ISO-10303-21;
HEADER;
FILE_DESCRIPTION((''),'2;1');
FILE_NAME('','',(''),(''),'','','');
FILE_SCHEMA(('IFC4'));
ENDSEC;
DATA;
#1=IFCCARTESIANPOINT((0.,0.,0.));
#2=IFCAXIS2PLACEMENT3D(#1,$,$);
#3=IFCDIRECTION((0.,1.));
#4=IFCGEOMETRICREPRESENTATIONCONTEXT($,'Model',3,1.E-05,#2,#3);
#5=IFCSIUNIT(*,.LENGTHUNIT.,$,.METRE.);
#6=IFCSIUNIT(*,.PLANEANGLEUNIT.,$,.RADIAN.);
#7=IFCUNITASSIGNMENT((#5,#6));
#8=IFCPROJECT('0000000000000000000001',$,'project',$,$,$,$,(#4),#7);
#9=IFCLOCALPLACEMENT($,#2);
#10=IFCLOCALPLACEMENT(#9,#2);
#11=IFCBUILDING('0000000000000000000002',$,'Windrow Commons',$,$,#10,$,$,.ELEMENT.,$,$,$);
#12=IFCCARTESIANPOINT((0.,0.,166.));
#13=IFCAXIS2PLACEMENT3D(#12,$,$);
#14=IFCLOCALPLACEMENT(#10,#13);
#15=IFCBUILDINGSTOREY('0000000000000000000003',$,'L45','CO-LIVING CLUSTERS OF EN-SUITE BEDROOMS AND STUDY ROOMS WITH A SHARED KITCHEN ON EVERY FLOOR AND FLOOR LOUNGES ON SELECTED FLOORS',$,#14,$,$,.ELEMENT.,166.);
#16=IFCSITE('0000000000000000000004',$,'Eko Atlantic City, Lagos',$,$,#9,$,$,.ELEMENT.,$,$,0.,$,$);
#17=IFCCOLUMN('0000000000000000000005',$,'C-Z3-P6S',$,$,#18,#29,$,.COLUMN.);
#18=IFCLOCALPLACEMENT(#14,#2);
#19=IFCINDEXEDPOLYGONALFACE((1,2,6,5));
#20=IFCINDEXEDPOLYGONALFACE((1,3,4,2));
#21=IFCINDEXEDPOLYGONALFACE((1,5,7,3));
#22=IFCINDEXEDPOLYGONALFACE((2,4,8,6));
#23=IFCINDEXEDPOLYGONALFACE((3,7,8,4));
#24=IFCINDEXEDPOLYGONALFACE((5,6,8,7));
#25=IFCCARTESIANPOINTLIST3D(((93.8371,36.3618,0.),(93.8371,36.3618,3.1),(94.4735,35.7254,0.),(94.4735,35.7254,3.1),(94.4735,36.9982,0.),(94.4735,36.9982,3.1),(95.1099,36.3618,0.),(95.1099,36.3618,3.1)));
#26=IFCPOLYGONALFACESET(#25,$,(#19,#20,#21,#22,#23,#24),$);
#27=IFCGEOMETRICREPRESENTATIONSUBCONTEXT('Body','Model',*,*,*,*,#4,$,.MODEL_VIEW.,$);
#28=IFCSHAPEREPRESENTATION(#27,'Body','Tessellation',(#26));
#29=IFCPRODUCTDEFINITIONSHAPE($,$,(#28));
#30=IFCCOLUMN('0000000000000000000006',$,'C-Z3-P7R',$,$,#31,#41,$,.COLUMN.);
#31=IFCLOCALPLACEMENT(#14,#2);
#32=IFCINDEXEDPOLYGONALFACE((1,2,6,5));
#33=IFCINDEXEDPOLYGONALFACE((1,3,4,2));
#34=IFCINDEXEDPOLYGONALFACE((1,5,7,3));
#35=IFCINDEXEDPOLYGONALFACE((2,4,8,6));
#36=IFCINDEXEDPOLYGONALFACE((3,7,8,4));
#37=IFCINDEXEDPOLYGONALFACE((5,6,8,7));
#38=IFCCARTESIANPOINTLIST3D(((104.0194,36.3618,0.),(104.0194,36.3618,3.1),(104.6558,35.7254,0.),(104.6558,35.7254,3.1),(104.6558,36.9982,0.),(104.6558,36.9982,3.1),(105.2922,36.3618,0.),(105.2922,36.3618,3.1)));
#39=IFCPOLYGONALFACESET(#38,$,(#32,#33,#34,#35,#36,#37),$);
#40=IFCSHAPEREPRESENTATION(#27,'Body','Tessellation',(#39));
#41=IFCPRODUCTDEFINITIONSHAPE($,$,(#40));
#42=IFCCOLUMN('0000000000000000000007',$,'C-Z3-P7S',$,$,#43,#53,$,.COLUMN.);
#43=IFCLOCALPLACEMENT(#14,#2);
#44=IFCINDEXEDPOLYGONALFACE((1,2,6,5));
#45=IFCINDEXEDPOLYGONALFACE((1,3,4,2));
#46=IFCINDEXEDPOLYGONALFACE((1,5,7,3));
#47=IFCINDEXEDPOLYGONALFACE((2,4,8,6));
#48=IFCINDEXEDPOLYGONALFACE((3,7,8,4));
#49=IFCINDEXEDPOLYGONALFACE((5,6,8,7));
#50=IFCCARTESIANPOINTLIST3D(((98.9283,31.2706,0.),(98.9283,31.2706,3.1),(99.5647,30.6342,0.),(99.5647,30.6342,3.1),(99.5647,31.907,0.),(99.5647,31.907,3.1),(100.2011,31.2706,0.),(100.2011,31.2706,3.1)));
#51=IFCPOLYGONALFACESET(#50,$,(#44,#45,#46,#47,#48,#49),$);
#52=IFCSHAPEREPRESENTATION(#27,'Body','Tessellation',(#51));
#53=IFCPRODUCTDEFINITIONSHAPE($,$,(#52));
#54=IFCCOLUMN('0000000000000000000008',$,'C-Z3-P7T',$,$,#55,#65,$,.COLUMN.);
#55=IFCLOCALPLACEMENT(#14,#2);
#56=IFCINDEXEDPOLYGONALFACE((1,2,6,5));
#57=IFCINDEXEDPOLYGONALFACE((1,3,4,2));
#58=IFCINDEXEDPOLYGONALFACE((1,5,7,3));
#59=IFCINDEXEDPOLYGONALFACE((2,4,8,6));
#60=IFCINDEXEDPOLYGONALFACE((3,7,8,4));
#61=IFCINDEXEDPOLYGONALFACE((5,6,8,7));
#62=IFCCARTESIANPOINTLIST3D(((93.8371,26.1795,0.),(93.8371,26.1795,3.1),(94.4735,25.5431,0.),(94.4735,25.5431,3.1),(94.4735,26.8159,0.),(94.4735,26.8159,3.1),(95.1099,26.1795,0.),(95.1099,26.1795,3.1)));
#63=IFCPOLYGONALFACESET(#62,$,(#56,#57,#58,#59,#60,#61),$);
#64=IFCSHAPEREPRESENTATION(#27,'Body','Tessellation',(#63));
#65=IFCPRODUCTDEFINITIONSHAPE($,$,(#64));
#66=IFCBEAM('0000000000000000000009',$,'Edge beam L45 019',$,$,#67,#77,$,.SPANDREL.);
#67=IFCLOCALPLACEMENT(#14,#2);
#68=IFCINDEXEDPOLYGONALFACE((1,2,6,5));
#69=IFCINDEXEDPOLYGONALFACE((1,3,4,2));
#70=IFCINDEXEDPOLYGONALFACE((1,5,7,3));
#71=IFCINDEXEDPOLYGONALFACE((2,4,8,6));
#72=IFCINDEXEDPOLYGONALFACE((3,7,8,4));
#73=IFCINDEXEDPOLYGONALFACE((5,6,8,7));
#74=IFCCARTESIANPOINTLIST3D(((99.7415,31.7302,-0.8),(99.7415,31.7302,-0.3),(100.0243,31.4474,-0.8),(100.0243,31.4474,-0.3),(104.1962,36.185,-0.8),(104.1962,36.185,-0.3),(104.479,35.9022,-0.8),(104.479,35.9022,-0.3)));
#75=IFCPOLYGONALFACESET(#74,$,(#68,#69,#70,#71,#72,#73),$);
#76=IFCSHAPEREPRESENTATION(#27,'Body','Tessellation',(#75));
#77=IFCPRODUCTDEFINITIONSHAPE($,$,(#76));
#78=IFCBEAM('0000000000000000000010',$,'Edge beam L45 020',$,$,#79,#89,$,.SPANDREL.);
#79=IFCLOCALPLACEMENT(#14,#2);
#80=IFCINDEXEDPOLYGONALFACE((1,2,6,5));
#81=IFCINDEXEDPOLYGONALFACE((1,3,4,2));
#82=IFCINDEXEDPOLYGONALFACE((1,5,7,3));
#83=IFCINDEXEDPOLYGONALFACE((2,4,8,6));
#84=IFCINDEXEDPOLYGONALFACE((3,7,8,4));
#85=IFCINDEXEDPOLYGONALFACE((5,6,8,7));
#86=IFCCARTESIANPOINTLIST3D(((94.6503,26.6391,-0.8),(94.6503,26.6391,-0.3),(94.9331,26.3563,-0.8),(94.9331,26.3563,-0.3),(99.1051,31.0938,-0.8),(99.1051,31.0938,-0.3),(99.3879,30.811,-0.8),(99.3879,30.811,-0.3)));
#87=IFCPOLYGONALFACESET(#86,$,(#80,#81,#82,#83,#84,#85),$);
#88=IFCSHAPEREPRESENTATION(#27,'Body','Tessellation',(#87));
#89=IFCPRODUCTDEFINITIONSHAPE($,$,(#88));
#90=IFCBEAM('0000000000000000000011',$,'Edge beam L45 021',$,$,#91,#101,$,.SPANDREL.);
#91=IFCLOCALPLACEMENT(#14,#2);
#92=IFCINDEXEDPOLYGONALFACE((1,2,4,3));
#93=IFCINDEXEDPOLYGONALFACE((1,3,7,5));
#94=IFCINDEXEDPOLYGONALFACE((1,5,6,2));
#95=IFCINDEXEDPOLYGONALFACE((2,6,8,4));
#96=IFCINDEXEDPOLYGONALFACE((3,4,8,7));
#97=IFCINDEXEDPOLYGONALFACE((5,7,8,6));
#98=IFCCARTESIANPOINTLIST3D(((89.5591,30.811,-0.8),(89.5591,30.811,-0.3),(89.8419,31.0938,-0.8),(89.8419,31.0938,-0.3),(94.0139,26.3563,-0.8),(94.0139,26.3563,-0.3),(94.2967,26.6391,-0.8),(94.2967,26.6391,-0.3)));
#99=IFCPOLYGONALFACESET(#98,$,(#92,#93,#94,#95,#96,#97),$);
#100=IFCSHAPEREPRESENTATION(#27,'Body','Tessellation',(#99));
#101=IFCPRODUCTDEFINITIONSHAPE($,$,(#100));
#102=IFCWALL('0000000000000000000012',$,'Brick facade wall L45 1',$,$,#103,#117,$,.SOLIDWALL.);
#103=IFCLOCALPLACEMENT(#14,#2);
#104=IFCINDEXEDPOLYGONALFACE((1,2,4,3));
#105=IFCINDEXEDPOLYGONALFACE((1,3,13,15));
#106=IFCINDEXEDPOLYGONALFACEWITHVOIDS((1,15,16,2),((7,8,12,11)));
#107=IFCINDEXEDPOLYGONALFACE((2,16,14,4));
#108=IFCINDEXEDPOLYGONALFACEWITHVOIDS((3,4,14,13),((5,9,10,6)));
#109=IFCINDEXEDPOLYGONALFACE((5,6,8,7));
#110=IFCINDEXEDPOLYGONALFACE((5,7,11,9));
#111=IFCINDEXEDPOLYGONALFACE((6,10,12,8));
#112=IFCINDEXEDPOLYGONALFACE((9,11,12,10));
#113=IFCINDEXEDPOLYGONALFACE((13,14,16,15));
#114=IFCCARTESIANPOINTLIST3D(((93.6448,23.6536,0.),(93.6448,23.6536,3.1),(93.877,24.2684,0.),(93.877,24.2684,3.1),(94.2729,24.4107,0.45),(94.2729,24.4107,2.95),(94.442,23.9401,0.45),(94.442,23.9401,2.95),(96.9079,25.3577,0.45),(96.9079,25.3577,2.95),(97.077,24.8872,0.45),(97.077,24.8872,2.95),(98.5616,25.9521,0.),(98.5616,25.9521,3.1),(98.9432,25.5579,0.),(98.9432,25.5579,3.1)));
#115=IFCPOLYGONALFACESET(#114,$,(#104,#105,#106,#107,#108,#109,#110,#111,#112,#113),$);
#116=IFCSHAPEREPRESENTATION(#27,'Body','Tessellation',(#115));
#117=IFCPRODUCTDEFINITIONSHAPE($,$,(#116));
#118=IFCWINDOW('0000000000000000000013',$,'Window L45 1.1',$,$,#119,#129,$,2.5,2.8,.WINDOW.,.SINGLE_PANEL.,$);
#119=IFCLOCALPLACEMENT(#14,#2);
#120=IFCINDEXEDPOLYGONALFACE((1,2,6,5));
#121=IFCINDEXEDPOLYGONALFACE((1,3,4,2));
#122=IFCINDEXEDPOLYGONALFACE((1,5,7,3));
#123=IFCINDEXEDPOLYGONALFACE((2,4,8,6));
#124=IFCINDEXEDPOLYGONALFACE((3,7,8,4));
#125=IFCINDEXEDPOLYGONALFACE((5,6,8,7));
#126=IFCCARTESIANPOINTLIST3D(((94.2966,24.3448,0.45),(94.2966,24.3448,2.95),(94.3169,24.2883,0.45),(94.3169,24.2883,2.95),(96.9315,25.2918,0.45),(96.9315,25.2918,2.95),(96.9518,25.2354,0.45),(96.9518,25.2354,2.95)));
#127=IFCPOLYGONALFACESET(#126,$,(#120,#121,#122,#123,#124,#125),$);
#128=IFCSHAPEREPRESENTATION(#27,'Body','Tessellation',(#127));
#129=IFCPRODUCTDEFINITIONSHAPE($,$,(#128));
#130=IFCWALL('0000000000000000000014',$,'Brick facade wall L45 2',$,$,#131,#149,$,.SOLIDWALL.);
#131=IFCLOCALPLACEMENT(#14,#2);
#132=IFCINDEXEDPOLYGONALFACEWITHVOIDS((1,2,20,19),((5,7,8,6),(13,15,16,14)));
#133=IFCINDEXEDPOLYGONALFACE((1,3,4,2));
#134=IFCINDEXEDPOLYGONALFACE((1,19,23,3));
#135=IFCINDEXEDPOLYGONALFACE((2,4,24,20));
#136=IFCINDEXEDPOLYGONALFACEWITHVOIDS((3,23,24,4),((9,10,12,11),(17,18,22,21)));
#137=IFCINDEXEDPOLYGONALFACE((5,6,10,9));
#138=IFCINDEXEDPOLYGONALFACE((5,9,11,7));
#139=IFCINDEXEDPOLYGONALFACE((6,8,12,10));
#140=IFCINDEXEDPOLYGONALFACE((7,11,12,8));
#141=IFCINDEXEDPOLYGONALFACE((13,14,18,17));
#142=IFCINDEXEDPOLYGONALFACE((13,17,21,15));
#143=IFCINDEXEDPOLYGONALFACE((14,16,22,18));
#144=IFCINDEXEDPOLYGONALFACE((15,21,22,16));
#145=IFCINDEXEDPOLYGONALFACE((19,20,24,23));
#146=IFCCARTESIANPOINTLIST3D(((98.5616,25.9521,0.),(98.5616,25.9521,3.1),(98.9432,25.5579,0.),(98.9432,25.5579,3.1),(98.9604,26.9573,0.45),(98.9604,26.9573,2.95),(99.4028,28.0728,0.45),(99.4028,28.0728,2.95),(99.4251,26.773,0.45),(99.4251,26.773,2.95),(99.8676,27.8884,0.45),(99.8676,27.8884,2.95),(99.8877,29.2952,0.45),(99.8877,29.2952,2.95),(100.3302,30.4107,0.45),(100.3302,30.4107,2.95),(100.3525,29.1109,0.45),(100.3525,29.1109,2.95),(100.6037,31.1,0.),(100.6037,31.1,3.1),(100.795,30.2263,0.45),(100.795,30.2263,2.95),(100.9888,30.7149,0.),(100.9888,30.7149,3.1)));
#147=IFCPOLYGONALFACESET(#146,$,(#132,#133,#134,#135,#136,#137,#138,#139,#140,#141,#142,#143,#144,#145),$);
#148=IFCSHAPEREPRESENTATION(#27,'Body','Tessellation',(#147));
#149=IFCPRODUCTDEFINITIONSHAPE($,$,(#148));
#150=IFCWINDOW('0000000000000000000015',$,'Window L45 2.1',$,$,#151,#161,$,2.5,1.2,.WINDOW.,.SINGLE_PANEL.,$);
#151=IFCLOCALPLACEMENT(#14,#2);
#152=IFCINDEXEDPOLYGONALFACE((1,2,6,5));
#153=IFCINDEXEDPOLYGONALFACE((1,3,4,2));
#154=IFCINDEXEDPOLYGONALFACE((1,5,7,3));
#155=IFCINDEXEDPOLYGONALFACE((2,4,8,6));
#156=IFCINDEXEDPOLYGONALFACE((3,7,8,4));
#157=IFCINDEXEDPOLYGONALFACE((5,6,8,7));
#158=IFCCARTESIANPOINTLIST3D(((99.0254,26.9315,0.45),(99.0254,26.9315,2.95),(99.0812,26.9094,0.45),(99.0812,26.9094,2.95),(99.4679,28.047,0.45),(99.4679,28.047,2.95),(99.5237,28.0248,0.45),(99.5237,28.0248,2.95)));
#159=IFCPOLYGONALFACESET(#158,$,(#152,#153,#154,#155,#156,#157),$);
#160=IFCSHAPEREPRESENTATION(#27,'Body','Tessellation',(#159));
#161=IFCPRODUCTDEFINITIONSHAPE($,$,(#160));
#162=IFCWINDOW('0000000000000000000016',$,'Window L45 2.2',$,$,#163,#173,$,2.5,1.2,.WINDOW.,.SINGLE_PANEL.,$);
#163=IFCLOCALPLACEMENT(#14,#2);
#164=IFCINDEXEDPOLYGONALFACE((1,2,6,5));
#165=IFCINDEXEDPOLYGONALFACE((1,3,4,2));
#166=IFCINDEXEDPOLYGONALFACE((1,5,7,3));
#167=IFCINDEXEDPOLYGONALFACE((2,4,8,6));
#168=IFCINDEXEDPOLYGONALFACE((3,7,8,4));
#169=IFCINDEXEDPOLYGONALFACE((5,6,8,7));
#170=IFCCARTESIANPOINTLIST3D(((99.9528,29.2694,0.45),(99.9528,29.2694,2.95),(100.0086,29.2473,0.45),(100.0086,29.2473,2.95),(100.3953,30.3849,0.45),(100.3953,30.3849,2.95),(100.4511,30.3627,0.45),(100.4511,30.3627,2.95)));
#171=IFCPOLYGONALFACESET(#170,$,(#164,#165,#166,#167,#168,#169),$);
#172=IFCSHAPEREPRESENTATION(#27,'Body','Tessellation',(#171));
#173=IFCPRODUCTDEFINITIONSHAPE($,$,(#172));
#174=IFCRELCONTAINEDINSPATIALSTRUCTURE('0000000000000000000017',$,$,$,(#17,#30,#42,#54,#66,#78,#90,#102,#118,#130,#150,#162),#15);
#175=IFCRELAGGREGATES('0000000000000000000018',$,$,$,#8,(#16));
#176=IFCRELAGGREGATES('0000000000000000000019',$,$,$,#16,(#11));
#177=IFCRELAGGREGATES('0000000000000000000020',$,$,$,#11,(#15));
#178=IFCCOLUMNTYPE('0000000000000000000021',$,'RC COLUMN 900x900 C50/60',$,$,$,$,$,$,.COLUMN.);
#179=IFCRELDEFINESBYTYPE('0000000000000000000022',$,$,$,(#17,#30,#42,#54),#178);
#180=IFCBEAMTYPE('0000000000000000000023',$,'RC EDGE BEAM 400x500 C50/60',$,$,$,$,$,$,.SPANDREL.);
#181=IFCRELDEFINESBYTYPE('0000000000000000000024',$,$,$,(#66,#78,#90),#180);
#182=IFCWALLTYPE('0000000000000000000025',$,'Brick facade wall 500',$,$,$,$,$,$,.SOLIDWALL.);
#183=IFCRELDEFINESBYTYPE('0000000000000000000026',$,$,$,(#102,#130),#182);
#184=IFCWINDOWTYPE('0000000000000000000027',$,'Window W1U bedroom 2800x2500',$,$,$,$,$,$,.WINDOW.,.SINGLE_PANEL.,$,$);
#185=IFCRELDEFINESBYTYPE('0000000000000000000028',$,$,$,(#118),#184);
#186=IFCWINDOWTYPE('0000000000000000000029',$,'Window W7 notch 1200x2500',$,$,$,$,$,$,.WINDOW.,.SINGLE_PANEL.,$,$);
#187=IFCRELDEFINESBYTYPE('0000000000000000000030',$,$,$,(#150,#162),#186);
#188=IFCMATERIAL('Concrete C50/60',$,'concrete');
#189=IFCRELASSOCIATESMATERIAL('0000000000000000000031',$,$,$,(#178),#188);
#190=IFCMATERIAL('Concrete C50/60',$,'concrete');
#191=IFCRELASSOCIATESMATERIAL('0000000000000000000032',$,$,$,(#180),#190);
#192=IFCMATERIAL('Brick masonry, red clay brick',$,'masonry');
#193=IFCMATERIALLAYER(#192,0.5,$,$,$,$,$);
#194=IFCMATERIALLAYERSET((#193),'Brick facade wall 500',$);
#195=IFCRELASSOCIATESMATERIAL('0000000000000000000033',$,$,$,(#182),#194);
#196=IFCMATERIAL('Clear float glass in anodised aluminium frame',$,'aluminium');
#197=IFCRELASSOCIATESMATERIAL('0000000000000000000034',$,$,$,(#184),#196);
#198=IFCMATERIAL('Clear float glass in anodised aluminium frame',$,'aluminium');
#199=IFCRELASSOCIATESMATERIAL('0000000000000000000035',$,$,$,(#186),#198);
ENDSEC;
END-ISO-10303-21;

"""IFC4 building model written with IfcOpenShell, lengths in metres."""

from ifc_helpers import new_model, si_unit, direction, frame, frame_2d, origin, origin_2d, place, context, subcontext, project, spatial, polyline, rectangle, outline, extrude, material, layer, layer_set, material_profile, profile_set, type_object, element, fill, save


model = new_model("IFC4")

# Units and contexts
model_context = context("Model", 3, precision=1e-05, world=origin(), true_north=direction((0.0, 1.0)))
body_context = subcontext(model_context, "Body", "Model", "MODEL_VIEW")
ifc_project = project(units=[si_unit("LENGTHUNIT", "METRE"), si_unit("PLANEANGLEUNIT", "RADIAN")], contexts=[model_context])

# Site, building, storey
site_placement = place(None, origin())
site = spatial("IfcSite", under=ifc_project, at=site_placement, Name="Eko Atlantic City, Lagos", CompositionType="ELEMENT", RefElevation=0.0)
building_placement = place(site_placement, origin())
building = spatial("IfcBuilding", under=site, at=building_placement, Name="Windrow Commons", CompositionType="ELEMENT")
storey_placement = place(building_placement, frame((0.0, 0.0, 166.0)))
storey = spatial("IfcBuildingStorey", under=building, at=storey_placement, Name="L45", Description="CO-LIVING CLUSTERS OF EN-SUITE BEDROOMS AND STUDY ROOMS WITH A SHARED KITCHEN ON EVERY FLOOR AND FLOOR LOUNGES ON SELECTED FLOORS", CompositionType="ELEMENT", Elevation=166.0)

# Columns
ifc_material_1 = material(Name="Concrete C50/60", Category="concrete")
ifc_material_profile_1 = material_profile(ifc_material_1, rectangle(XDim=0.9, YDim=0.9, at=origin_2d()))
ifc_profile_set_1 = profile_set([ifc_material_profile_1], Name="Concrete C50/60")
column_type = type_object("IfcColumnType", Name="RC COLUMN 900x900 C50/60", PredefinedType="COLUMN", material=ifc_profile_set_1)
for number, where, z_axis, x_axis, name in (
    (1, (94.4735, 36.3618, 0.0), (0.0, 0.0, 1.0), (0.707107, -0.707107, 0.0), "C-Z3-P6S"),
    (2, (104.6558, 36.3618, 0.0), (0.0, 0.0, 1.0), (0.707107, -0.707107, 0.0), "C-Z3-P7R"),
    (3, (99.5647, 31.2706, 0.0), (0.0, 0.0, 1.0), (0.707107, -0.707107, 0.0), "C-Z3-P7S"),
    (4, (94.4735, 26.1795, 0.0), (0.0, 0.0, 1.0), (0.707107, -0.707107, 0.0), "C-Z3-P7T"),
):
    element("IfcColumn", number, at=place(storey_placement, frame(where, z_axis=z_axis, x_axis=x_axis)), inside=storey, type_object=column_type, Name=name, PredefinedType="COLUMN", context=body_context, shape_type="SweptSolid", body=[
        extrude(rectangle(XDim=0.9, YDim=0.9, at=origin_2d()), origin(), (0.0, 0.0, 1.0), 3.1),
    ])

# Beams
ifc_material_2 = material(Name="Concrete C50/60", Category="concrete")
ifc_material_profile_2 = material_profile(ifc_material_2, rectangle(XDim=0.4, YDim=0.5, at=origin_2d()))
ifc_profile_set_2 = profile_set([ifc_material_profile_2], Name="Concrete C50/60")
beam_type = type_object("IfcBeamType", Name="RC EDGE BEAM 400x500 C50/60", PredefinedType="SPANDREL", material=ifc_profile_set_2)
for number, where, z_axis, x_axis, name in (
    (5, (104.3376, 36.0436, -0.55), (-0.707099, -0.707115, 0.0), (0.707115, -0.707099, 0.0), "Edge beam L45 019"),
    (6, (99.2465, 30.9524, -0.55), (-0.707115, -0.707099, 0.0), (0.707099, -0.707115, 0.0), "Edge beam L45 020"),
    (7, (94.1553, 26.4977, -0.55), (-0.707115, 0.707099, 0.0), (-0.707099, -0.707115, 0.0), "Edge beam L45 021"),
):
    element("IfcBeam", number, at=place(storey_placement, frame(where, z_axis=z_axis, x_axis=x_axis)), inside=storey, type_object=beam_type, Name=name, PredefinedType="SPANDREL", context=body_context, shape_type="SweptSolid", body=[
        extrude(rectangle(XDim=0.4, YDim=0.5, at=origin_2d()), origin(), (0.0, 0.0, 1.0), 6.3),
    ])

# Wall, opening, window
ifc_material_3 = material(Name="Brick masonry, red clay brick", Category="masonry")
ifc_layer_1 = layer(ifc_material_3, 0.5)
ifc_layer_set_1 = layer_set([ifc_layer_1], Name="Brick facade wall 500")
wall_type_1 = type_object("IfcWallType", Name="Brick facade wall 500", PredefinedType="SOLIDWALL", material=ifc_layer_set_1)
wall_1_placement = place(storey_placement, frame((93.7609, 23.961, 0.0), z_axis=(0.0, 0.0, 1.0), x_axis=(0.941064, 0.338229, 0.0)))
wall_1 = element("IfcWall", 8, at=wall_1_placement, inside=storey, type_object=wall_type_1, Name="Brick facade wall L45 1", PredefinedType="SOLIDWALL", context=body_context, shape_type="SweptSolid", body=[
    extrude(outline(polyline([(-0.2132, -0.25), (5.417, -0.25), (5.1912, 0.25), (0.2132, 0.25), (-0.2132, -0.25)])), origin(), (0.0, 0.0, 1.0), 3.1),
])
opening_1_placement = place(wall_1_placement, frame((0.6339, 0.0, 0.45)))
opening_1 = element("IfcOpeningElement", 9, at=opening_1_placement, cuts=wall_1, PredefinedType="OPENING", context=body_context, shape_type="SweptSolid", body=[
    extrude(rectangle(XDim=2.8, YDim=2.5, at=frame_2d((1.4, 1.25))), frame((0.0, 0.26, 0.0), z_axis=(0.0, -1.0, 0.0), x_axis=(1.0, 0.0, 0.0)), (0.0, 0.0, 1.0), 0.52),
])
ifc_material_4 = material(Name="Clear float glass in anodised aluminium frame", Category="aluminium")
window_type_1 = type_object("IfcWindowType", Name="Window W1U bedroom 2800x2500", PartitioningType="SINGLE_PANEL", PredefinedType="WINDOW", material=ifc_material_4)
window_1_placement = place(opening_1_placement, origin())
window_1 = element("IfcWindow", 10, at=window_1_placement, inside=storey, type_object=window_type_1, Name="Window L45 1.1", OverallHeight=2.5, OverallWidth=2.8, PartitioningType="SINGLE_PANEL", PredefinedType="WINDOW", context=body_context, shape_type="SweptSolid", body=[
    extrude(rectangle(XDim=2.8, YDim=2.5, at=frame_2d((1.4, 1.25))), frame((0.0, 0.18, 0.0), z_axis=(0.0, -1.0, 0.0), x_axis=(1.0, 0.0, 0.0)), (0.0, 0.0, 1.0), 0.06),
])
fill(opening_1, window_1)

# Wall, openings, windows
wall_2_placement = place(storey_placement, frame((98.7524, 25.755, 0.0), z_axis=(0.0, 0.0, 1.0), x_axis=(0.36872, 0.92954, 0.0)))
wall_2 = element("IfcWall", 11, at=wall_2_placement, inside=storey, type_object=wall_type_1, Name="Brick facade wall L45 2", PredefinedType="SOLIDWALL", context=body_context, shape_type="SweptSolid", body=[
    extrude(outline(polyline([(-0.1129, -0.25), (5.435, -0.25), (5.651, 0.25), (0.1129, 0.25), (-0.1129, -0.25)])), origin(), (0.0, 0.0, 1.0), 3.1),
])
opening_2_placement = place(wall_2_placement, frame((1.1943, 0.0, 0.45)))
opening_2 = element("IfcOpeningElement", 12, at=opening_2_placement, cuts=wall_2, PredefinedType="OPENING", context=body_context, shape_type="SweptSolid", body=[
    extrude(rectangle(XDim=1.2, YDim=2.5, at=frame_2d((0.6, 1.25))), frame((0.0, 0.26, 0.0), z_axis=(0.0, -1.0, 0.0), x_axis=(1.0, 0.0, 0.0)), (0.0, 0.0, 1.0), 0.52),
])
opening_3_placement = place(wall_2_placement, frame((3.7094, 0.0, 0.45)))
opening_3 = element("IfcOpeningElement", 13, at=opening_3_placement, cuts=wall_2, PredefinedType="OPENING", context=body_context, shape_type="SweptSolid", body=[
    extrude(rectangle(XDim=1.2, YDim=2.5, at=frame_2d((0.6, 1.25))), frame((0.0, 0.26, 0.0), z_axis=(0.0, -1.0, 0.0), x_axis=(1.0, 0.0, 0.0)), (0.0, 0.0, 1.0), 0.52),
])
ifc_material_5 = material(Name="Clear float glass in anodised aluminium frame", Category="aluminium")
window_type_2 = type_object("IfcWindowType", Name="Window W7 notch 1200x2500", PartitioningType="SINGLE_PANEL", PredefinedType="WINDOW", material=ifc_material_5)
window_2_placement = place(opening_2_placement, origin())
window_2 = element("IfcWindow", 14, at=window_2_placement, inside=storey, type_object=window_type_2, Name="Window L45 2.1", OverallHeight=2.5, OverallWidth=1.2, PartitioningType="SINGLE_PANEL", PredefinedType="WINDOW", context=body_context, shape_type="SweptSolid", body=[
    extrude(rectangle(XDim=1.2, YDim=2.5, at=frame_2d((0.6, 1.25))), frame((0.0, 0.18, 0.0), z_axis=(0.0, -1.0, 0.0), x_axis=(1.0, 0.0, 0.0)), (0.0, 0.0, 1.0), 0.06),
])
fill(opening_2, window_2)
window_3_placement = place(opening_3_placement, origin())
window_3 = element("IfcWindow", 15, at=window_3_placement, inside=storey, type_object=window_type_2, Name="Window L45 2.2", OverallHeight=2.5, OverallWidth=1.2, PartitioningType="SINGLE_PANEL", PredefinedType="WINDOW", context=body_context, shape_type="SweptSolid", body=[
    extrude(rectangle(XDim=1.2, YDim=2.5, at=frame_2d((0.6, 1.25))), frame((0.0, 0.18, 0.0), z_axis=(0.0, -1.0, 0.0), x_axis=(1.0, 0.0, 0.0)), (0.0, 0.0, 1.0), 0.06),
])
fill(opening_3, window_3)

save(model, "model.ifc")
